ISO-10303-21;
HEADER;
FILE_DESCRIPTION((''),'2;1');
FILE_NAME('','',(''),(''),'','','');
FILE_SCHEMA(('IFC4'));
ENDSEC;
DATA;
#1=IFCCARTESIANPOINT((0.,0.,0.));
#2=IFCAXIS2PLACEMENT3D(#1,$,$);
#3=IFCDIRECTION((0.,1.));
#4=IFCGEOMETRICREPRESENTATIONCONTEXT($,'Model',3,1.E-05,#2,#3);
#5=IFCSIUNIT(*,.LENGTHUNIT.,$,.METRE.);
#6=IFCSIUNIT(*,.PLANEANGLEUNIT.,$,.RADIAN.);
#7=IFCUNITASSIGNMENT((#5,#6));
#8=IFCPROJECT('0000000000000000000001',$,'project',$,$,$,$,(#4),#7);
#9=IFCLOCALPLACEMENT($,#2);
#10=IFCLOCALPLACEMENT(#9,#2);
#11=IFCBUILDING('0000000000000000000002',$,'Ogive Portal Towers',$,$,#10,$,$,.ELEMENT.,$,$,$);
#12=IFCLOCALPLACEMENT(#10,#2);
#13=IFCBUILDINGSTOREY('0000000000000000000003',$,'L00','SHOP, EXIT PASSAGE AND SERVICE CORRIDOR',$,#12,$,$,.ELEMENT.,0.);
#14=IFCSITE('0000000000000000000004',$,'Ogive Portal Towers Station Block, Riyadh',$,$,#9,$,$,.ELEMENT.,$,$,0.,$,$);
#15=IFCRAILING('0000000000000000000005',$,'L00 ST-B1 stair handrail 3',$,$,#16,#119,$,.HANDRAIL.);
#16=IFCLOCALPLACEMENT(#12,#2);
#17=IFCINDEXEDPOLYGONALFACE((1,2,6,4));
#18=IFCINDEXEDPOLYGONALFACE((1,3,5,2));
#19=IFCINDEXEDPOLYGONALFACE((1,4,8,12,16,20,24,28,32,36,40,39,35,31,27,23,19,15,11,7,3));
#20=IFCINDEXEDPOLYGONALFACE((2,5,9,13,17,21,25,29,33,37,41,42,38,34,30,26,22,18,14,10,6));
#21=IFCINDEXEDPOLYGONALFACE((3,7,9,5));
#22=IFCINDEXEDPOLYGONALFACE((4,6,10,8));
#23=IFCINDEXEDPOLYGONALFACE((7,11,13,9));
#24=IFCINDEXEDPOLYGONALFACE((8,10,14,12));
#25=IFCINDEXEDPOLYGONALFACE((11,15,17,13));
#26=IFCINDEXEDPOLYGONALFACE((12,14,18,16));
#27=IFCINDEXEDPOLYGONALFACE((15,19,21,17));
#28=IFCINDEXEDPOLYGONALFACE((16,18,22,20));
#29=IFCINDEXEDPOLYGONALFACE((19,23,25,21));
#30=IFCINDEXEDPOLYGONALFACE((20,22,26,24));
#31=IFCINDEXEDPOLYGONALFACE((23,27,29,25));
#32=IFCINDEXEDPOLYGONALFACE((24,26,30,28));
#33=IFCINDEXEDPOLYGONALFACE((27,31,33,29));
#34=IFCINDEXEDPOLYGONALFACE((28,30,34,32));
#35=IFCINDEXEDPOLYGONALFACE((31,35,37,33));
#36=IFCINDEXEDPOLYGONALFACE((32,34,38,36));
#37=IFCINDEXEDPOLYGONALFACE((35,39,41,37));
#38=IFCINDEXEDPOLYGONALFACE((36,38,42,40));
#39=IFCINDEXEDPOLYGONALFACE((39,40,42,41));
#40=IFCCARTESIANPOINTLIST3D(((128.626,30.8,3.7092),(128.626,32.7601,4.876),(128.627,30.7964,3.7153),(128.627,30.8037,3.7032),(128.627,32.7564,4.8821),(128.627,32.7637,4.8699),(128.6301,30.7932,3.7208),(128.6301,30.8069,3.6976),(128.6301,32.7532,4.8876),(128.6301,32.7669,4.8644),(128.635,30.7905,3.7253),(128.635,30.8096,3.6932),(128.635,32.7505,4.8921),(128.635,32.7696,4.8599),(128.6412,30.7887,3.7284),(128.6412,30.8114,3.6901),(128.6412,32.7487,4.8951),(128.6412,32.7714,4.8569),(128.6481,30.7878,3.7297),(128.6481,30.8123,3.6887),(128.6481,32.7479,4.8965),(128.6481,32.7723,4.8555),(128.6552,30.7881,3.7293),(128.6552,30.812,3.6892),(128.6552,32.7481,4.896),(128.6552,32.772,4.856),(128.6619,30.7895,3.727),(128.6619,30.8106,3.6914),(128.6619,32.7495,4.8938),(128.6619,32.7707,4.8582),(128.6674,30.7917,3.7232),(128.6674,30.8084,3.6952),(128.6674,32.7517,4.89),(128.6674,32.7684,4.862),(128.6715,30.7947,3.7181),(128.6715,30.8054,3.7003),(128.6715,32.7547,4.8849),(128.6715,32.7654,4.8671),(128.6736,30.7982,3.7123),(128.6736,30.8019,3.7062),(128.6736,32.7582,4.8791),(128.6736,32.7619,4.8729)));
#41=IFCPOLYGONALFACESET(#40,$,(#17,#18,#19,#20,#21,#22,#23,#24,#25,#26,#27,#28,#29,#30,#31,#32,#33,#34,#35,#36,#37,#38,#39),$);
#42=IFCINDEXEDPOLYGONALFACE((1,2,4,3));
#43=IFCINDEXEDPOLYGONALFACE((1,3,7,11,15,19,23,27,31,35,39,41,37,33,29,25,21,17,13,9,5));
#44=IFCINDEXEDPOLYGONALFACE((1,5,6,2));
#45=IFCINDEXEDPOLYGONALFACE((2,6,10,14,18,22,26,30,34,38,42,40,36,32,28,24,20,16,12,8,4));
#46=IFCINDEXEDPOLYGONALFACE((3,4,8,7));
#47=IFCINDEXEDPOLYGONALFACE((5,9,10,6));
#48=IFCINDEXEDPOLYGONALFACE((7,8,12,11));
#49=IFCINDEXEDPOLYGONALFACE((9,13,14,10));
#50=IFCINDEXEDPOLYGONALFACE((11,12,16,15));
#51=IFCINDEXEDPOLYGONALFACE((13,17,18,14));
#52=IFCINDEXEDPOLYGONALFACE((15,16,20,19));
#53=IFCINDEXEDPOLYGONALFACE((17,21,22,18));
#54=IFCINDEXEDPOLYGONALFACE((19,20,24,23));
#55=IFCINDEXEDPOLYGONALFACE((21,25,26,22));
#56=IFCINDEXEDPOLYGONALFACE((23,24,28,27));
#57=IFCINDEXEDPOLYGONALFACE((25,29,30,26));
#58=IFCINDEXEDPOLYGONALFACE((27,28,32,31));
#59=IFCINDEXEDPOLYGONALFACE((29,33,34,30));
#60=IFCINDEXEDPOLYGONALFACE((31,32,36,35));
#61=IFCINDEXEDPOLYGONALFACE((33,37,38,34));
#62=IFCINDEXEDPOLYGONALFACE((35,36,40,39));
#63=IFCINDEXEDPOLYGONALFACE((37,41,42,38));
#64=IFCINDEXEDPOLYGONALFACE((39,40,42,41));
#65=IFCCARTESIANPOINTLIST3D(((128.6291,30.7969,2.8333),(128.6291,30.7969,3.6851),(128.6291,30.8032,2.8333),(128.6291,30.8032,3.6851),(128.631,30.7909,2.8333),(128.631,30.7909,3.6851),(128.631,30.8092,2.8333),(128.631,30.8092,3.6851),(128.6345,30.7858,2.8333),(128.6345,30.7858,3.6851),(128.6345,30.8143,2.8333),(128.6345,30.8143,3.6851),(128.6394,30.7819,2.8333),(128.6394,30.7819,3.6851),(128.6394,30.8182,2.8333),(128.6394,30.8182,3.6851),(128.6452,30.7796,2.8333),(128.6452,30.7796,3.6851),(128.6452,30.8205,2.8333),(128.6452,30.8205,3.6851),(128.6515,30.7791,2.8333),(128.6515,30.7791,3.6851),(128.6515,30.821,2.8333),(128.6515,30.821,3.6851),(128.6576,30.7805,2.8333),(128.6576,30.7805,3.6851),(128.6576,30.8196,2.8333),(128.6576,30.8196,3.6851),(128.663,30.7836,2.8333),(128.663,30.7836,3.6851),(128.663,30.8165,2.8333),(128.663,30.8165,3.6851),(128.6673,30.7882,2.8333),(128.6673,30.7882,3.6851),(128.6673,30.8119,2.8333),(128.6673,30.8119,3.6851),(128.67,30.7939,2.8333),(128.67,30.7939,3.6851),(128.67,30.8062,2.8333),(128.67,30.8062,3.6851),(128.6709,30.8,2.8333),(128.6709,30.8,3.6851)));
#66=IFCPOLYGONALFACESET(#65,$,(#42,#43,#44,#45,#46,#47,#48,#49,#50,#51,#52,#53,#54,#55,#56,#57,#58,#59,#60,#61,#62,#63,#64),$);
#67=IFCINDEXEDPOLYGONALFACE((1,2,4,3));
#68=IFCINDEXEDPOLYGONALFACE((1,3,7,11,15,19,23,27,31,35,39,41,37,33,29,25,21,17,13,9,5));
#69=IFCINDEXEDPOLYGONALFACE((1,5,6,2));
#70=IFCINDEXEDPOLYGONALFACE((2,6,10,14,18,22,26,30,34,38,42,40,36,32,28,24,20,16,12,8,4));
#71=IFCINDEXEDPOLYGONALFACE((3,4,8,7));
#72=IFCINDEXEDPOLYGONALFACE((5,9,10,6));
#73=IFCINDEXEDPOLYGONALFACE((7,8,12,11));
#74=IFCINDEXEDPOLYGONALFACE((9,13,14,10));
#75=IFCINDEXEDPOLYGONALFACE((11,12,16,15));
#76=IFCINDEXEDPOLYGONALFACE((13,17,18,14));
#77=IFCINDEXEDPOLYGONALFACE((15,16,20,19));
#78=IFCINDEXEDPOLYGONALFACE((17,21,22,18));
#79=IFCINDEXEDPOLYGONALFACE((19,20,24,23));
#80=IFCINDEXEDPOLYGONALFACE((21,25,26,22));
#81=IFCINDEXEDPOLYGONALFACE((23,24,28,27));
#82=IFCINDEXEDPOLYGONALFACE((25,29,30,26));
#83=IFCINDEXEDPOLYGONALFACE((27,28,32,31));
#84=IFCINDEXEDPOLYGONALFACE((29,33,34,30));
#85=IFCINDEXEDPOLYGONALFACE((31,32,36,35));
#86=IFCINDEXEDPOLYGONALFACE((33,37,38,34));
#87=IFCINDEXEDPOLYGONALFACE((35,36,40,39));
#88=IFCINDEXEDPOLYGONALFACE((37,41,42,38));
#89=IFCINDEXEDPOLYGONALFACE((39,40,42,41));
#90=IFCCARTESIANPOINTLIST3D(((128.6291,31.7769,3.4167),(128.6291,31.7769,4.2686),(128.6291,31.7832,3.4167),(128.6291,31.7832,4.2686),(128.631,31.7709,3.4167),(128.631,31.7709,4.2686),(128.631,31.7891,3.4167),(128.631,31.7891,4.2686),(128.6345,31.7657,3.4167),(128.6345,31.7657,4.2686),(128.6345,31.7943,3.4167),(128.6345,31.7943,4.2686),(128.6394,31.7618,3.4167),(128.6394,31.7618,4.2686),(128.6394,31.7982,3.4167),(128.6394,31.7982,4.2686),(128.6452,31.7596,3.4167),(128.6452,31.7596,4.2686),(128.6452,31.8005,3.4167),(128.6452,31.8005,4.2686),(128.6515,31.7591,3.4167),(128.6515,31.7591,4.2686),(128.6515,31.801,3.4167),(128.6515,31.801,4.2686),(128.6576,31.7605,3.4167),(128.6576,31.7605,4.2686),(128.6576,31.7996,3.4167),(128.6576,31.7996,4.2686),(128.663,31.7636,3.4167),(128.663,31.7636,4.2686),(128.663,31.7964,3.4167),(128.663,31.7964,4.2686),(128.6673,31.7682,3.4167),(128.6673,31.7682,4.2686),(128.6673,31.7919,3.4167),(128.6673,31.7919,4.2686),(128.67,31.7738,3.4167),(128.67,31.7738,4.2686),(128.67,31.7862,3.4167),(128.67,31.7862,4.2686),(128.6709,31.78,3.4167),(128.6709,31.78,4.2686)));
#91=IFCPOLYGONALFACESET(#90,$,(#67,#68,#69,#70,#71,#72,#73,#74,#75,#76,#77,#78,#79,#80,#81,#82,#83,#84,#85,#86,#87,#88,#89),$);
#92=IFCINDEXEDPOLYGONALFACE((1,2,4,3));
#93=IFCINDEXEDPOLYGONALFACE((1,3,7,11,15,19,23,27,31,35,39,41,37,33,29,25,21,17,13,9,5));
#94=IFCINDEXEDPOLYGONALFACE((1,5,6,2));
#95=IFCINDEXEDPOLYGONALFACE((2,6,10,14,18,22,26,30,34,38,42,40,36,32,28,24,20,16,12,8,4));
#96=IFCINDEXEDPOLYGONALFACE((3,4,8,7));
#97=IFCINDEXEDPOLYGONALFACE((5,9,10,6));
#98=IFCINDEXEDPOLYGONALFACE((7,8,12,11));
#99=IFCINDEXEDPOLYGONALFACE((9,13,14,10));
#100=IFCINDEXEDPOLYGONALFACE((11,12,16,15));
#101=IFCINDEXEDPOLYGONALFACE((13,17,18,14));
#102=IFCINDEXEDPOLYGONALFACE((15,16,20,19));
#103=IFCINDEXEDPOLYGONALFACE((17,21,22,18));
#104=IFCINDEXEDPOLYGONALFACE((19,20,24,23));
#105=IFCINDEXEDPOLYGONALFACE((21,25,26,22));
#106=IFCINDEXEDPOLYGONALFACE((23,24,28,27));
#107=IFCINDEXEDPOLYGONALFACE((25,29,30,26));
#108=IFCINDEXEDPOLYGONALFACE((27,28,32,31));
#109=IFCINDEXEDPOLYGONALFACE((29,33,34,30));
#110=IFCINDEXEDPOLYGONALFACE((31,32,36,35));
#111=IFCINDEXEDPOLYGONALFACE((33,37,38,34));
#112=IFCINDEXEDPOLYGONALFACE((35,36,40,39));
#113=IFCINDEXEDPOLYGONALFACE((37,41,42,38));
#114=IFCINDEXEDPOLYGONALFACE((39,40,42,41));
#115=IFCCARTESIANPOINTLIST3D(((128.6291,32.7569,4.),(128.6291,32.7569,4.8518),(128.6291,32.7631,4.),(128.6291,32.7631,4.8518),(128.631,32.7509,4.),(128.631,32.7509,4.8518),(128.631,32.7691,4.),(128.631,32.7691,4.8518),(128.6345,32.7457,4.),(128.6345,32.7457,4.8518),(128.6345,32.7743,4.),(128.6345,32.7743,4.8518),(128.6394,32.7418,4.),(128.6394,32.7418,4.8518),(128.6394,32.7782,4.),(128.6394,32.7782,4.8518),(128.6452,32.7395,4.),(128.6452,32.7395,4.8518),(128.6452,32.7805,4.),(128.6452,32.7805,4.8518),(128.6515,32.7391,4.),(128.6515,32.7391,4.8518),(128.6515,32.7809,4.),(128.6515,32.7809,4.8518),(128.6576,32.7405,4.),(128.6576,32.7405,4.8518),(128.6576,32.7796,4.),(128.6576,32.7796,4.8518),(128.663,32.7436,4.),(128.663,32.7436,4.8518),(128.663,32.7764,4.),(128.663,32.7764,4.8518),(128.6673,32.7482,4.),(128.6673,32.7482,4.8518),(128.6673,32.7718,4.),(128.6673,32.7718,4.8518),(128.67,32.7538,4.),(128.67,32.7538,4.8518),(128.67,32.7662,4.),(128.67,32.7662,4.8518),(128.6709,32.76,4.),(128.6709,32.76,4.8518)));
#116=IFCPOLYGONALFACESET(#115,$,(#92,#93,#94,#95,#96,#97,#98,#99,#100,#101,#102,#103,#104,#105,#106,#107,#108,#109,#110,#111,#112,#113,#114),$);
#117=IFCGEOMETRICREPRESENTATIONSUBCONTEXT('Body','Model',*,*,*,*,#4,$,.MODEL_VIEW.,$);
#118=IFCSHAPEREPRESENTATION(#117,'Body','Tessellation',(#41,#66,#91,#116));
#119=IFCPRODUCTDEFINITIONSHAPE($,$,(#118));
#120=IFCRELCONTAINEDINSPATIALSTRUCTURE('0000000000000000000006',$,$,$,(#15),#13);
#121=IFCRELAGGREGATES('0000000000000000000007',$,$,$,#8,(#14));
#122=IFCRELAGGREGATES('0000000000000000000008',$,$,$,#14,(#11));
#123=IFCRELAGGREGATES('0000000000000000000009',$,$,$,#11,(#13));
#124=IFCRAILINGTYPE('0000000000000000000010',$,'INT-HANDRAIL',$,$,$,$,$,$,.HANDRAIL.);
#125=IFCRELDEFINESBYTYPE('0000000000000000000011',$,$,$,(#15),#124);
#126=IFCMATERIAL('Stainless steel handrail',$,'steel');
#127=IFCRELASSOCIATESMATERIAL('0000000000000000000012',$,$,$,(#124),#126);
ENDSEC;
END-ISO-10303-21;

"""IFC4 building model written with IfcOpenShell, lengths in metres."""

from ifc_helpers import new_model, si_unit, direction, frame, origin, origin_2d, place, context, subcontext, project, spatial, circle, extrude, material, type_object, element, save


model = new_model("IFC4")

# Units and contexts
model_context = context("Model", 3, precision=1e-05, world=origin(), true_north=direction((0.0, 1.0)))
body_context = subcontext(model_context, "Body", "Model", "MODEL_VIEW")
ifc_project = project(units=[si_unit("LENGTHUNIT", "METRE"), si_unit("PLANEANGLEUNIT", "RADIAN")], contexts=[model_context])

# Site, building, storey
site_placement = place(None, origin())
site = spatial("IfcSite", under=ifc_project, at=site_placement, Name="Ogive Portal Towers Station Block, Riyadh", CompositionType="ELEMENT", RefElevation=0.0)
building_placement = place(site_placement, origin())
building = spatial("IfcBuilding", under=site, at=building_placement, Name="Ogive Portal Towers", CompositionType="ELEMENT")
storey_placement = place(building_placement, origin())
storey = spatial("IfcBuildingStorey", under=building, at=storey_placement, Name="L00", Description="SHOP, EXIT PASSAGE AND SERVICE CORRIDOR", CompositionType="ELEMENT", Elevation=0.0)

# Railing
ifc_material_1 = material(Name="Stainless steel handrail", Category="steel")
railing_type_1 = type_object("IfcRailingType", Name="INT-HANDRAIL", PredefinedType="HANDRAIL", material=ifc_material_1)
railing_1_placement = place(storey_placement, frame((128.6499, 30.8, 2.8333)))
element("IfcRailing", 1, at=railing_1_placement, inside=storey, type_object=railing_type_1, Name="L00 ST-B1 stair handrail 3", PredefinedType="HANDRAIL", context=body_context, shape_type="SweptSolid", body=[
    extrude(circle(Radius=0.0239, at=origin_2d()), frame((0.0, 0.0, 0.876), z_axis=(0.0, 0.859273, 0.511518), x_axis=(-1.0, 0.0, 0.0)), (0.0, 0.0, 1.0), 2.281),
    extrude(circle(Radius=0.021, at=origin_2d()), origin(), (0.0, 0.0, 1.0), 0.8518),
    extrude(circle(Radius=0.021, at=origin_2d()), frame((0.0, 0.98, 0.5835)), (0.0, 0.0, 1.0), 0.8518),
    extrude(circle(Radius=0.021, at=origin_2d()), frame((0.0, 1.96, 1.1667)), (0.0, 0.0, 1.0), 0.8518),
])

save(model, "model.ifc")
